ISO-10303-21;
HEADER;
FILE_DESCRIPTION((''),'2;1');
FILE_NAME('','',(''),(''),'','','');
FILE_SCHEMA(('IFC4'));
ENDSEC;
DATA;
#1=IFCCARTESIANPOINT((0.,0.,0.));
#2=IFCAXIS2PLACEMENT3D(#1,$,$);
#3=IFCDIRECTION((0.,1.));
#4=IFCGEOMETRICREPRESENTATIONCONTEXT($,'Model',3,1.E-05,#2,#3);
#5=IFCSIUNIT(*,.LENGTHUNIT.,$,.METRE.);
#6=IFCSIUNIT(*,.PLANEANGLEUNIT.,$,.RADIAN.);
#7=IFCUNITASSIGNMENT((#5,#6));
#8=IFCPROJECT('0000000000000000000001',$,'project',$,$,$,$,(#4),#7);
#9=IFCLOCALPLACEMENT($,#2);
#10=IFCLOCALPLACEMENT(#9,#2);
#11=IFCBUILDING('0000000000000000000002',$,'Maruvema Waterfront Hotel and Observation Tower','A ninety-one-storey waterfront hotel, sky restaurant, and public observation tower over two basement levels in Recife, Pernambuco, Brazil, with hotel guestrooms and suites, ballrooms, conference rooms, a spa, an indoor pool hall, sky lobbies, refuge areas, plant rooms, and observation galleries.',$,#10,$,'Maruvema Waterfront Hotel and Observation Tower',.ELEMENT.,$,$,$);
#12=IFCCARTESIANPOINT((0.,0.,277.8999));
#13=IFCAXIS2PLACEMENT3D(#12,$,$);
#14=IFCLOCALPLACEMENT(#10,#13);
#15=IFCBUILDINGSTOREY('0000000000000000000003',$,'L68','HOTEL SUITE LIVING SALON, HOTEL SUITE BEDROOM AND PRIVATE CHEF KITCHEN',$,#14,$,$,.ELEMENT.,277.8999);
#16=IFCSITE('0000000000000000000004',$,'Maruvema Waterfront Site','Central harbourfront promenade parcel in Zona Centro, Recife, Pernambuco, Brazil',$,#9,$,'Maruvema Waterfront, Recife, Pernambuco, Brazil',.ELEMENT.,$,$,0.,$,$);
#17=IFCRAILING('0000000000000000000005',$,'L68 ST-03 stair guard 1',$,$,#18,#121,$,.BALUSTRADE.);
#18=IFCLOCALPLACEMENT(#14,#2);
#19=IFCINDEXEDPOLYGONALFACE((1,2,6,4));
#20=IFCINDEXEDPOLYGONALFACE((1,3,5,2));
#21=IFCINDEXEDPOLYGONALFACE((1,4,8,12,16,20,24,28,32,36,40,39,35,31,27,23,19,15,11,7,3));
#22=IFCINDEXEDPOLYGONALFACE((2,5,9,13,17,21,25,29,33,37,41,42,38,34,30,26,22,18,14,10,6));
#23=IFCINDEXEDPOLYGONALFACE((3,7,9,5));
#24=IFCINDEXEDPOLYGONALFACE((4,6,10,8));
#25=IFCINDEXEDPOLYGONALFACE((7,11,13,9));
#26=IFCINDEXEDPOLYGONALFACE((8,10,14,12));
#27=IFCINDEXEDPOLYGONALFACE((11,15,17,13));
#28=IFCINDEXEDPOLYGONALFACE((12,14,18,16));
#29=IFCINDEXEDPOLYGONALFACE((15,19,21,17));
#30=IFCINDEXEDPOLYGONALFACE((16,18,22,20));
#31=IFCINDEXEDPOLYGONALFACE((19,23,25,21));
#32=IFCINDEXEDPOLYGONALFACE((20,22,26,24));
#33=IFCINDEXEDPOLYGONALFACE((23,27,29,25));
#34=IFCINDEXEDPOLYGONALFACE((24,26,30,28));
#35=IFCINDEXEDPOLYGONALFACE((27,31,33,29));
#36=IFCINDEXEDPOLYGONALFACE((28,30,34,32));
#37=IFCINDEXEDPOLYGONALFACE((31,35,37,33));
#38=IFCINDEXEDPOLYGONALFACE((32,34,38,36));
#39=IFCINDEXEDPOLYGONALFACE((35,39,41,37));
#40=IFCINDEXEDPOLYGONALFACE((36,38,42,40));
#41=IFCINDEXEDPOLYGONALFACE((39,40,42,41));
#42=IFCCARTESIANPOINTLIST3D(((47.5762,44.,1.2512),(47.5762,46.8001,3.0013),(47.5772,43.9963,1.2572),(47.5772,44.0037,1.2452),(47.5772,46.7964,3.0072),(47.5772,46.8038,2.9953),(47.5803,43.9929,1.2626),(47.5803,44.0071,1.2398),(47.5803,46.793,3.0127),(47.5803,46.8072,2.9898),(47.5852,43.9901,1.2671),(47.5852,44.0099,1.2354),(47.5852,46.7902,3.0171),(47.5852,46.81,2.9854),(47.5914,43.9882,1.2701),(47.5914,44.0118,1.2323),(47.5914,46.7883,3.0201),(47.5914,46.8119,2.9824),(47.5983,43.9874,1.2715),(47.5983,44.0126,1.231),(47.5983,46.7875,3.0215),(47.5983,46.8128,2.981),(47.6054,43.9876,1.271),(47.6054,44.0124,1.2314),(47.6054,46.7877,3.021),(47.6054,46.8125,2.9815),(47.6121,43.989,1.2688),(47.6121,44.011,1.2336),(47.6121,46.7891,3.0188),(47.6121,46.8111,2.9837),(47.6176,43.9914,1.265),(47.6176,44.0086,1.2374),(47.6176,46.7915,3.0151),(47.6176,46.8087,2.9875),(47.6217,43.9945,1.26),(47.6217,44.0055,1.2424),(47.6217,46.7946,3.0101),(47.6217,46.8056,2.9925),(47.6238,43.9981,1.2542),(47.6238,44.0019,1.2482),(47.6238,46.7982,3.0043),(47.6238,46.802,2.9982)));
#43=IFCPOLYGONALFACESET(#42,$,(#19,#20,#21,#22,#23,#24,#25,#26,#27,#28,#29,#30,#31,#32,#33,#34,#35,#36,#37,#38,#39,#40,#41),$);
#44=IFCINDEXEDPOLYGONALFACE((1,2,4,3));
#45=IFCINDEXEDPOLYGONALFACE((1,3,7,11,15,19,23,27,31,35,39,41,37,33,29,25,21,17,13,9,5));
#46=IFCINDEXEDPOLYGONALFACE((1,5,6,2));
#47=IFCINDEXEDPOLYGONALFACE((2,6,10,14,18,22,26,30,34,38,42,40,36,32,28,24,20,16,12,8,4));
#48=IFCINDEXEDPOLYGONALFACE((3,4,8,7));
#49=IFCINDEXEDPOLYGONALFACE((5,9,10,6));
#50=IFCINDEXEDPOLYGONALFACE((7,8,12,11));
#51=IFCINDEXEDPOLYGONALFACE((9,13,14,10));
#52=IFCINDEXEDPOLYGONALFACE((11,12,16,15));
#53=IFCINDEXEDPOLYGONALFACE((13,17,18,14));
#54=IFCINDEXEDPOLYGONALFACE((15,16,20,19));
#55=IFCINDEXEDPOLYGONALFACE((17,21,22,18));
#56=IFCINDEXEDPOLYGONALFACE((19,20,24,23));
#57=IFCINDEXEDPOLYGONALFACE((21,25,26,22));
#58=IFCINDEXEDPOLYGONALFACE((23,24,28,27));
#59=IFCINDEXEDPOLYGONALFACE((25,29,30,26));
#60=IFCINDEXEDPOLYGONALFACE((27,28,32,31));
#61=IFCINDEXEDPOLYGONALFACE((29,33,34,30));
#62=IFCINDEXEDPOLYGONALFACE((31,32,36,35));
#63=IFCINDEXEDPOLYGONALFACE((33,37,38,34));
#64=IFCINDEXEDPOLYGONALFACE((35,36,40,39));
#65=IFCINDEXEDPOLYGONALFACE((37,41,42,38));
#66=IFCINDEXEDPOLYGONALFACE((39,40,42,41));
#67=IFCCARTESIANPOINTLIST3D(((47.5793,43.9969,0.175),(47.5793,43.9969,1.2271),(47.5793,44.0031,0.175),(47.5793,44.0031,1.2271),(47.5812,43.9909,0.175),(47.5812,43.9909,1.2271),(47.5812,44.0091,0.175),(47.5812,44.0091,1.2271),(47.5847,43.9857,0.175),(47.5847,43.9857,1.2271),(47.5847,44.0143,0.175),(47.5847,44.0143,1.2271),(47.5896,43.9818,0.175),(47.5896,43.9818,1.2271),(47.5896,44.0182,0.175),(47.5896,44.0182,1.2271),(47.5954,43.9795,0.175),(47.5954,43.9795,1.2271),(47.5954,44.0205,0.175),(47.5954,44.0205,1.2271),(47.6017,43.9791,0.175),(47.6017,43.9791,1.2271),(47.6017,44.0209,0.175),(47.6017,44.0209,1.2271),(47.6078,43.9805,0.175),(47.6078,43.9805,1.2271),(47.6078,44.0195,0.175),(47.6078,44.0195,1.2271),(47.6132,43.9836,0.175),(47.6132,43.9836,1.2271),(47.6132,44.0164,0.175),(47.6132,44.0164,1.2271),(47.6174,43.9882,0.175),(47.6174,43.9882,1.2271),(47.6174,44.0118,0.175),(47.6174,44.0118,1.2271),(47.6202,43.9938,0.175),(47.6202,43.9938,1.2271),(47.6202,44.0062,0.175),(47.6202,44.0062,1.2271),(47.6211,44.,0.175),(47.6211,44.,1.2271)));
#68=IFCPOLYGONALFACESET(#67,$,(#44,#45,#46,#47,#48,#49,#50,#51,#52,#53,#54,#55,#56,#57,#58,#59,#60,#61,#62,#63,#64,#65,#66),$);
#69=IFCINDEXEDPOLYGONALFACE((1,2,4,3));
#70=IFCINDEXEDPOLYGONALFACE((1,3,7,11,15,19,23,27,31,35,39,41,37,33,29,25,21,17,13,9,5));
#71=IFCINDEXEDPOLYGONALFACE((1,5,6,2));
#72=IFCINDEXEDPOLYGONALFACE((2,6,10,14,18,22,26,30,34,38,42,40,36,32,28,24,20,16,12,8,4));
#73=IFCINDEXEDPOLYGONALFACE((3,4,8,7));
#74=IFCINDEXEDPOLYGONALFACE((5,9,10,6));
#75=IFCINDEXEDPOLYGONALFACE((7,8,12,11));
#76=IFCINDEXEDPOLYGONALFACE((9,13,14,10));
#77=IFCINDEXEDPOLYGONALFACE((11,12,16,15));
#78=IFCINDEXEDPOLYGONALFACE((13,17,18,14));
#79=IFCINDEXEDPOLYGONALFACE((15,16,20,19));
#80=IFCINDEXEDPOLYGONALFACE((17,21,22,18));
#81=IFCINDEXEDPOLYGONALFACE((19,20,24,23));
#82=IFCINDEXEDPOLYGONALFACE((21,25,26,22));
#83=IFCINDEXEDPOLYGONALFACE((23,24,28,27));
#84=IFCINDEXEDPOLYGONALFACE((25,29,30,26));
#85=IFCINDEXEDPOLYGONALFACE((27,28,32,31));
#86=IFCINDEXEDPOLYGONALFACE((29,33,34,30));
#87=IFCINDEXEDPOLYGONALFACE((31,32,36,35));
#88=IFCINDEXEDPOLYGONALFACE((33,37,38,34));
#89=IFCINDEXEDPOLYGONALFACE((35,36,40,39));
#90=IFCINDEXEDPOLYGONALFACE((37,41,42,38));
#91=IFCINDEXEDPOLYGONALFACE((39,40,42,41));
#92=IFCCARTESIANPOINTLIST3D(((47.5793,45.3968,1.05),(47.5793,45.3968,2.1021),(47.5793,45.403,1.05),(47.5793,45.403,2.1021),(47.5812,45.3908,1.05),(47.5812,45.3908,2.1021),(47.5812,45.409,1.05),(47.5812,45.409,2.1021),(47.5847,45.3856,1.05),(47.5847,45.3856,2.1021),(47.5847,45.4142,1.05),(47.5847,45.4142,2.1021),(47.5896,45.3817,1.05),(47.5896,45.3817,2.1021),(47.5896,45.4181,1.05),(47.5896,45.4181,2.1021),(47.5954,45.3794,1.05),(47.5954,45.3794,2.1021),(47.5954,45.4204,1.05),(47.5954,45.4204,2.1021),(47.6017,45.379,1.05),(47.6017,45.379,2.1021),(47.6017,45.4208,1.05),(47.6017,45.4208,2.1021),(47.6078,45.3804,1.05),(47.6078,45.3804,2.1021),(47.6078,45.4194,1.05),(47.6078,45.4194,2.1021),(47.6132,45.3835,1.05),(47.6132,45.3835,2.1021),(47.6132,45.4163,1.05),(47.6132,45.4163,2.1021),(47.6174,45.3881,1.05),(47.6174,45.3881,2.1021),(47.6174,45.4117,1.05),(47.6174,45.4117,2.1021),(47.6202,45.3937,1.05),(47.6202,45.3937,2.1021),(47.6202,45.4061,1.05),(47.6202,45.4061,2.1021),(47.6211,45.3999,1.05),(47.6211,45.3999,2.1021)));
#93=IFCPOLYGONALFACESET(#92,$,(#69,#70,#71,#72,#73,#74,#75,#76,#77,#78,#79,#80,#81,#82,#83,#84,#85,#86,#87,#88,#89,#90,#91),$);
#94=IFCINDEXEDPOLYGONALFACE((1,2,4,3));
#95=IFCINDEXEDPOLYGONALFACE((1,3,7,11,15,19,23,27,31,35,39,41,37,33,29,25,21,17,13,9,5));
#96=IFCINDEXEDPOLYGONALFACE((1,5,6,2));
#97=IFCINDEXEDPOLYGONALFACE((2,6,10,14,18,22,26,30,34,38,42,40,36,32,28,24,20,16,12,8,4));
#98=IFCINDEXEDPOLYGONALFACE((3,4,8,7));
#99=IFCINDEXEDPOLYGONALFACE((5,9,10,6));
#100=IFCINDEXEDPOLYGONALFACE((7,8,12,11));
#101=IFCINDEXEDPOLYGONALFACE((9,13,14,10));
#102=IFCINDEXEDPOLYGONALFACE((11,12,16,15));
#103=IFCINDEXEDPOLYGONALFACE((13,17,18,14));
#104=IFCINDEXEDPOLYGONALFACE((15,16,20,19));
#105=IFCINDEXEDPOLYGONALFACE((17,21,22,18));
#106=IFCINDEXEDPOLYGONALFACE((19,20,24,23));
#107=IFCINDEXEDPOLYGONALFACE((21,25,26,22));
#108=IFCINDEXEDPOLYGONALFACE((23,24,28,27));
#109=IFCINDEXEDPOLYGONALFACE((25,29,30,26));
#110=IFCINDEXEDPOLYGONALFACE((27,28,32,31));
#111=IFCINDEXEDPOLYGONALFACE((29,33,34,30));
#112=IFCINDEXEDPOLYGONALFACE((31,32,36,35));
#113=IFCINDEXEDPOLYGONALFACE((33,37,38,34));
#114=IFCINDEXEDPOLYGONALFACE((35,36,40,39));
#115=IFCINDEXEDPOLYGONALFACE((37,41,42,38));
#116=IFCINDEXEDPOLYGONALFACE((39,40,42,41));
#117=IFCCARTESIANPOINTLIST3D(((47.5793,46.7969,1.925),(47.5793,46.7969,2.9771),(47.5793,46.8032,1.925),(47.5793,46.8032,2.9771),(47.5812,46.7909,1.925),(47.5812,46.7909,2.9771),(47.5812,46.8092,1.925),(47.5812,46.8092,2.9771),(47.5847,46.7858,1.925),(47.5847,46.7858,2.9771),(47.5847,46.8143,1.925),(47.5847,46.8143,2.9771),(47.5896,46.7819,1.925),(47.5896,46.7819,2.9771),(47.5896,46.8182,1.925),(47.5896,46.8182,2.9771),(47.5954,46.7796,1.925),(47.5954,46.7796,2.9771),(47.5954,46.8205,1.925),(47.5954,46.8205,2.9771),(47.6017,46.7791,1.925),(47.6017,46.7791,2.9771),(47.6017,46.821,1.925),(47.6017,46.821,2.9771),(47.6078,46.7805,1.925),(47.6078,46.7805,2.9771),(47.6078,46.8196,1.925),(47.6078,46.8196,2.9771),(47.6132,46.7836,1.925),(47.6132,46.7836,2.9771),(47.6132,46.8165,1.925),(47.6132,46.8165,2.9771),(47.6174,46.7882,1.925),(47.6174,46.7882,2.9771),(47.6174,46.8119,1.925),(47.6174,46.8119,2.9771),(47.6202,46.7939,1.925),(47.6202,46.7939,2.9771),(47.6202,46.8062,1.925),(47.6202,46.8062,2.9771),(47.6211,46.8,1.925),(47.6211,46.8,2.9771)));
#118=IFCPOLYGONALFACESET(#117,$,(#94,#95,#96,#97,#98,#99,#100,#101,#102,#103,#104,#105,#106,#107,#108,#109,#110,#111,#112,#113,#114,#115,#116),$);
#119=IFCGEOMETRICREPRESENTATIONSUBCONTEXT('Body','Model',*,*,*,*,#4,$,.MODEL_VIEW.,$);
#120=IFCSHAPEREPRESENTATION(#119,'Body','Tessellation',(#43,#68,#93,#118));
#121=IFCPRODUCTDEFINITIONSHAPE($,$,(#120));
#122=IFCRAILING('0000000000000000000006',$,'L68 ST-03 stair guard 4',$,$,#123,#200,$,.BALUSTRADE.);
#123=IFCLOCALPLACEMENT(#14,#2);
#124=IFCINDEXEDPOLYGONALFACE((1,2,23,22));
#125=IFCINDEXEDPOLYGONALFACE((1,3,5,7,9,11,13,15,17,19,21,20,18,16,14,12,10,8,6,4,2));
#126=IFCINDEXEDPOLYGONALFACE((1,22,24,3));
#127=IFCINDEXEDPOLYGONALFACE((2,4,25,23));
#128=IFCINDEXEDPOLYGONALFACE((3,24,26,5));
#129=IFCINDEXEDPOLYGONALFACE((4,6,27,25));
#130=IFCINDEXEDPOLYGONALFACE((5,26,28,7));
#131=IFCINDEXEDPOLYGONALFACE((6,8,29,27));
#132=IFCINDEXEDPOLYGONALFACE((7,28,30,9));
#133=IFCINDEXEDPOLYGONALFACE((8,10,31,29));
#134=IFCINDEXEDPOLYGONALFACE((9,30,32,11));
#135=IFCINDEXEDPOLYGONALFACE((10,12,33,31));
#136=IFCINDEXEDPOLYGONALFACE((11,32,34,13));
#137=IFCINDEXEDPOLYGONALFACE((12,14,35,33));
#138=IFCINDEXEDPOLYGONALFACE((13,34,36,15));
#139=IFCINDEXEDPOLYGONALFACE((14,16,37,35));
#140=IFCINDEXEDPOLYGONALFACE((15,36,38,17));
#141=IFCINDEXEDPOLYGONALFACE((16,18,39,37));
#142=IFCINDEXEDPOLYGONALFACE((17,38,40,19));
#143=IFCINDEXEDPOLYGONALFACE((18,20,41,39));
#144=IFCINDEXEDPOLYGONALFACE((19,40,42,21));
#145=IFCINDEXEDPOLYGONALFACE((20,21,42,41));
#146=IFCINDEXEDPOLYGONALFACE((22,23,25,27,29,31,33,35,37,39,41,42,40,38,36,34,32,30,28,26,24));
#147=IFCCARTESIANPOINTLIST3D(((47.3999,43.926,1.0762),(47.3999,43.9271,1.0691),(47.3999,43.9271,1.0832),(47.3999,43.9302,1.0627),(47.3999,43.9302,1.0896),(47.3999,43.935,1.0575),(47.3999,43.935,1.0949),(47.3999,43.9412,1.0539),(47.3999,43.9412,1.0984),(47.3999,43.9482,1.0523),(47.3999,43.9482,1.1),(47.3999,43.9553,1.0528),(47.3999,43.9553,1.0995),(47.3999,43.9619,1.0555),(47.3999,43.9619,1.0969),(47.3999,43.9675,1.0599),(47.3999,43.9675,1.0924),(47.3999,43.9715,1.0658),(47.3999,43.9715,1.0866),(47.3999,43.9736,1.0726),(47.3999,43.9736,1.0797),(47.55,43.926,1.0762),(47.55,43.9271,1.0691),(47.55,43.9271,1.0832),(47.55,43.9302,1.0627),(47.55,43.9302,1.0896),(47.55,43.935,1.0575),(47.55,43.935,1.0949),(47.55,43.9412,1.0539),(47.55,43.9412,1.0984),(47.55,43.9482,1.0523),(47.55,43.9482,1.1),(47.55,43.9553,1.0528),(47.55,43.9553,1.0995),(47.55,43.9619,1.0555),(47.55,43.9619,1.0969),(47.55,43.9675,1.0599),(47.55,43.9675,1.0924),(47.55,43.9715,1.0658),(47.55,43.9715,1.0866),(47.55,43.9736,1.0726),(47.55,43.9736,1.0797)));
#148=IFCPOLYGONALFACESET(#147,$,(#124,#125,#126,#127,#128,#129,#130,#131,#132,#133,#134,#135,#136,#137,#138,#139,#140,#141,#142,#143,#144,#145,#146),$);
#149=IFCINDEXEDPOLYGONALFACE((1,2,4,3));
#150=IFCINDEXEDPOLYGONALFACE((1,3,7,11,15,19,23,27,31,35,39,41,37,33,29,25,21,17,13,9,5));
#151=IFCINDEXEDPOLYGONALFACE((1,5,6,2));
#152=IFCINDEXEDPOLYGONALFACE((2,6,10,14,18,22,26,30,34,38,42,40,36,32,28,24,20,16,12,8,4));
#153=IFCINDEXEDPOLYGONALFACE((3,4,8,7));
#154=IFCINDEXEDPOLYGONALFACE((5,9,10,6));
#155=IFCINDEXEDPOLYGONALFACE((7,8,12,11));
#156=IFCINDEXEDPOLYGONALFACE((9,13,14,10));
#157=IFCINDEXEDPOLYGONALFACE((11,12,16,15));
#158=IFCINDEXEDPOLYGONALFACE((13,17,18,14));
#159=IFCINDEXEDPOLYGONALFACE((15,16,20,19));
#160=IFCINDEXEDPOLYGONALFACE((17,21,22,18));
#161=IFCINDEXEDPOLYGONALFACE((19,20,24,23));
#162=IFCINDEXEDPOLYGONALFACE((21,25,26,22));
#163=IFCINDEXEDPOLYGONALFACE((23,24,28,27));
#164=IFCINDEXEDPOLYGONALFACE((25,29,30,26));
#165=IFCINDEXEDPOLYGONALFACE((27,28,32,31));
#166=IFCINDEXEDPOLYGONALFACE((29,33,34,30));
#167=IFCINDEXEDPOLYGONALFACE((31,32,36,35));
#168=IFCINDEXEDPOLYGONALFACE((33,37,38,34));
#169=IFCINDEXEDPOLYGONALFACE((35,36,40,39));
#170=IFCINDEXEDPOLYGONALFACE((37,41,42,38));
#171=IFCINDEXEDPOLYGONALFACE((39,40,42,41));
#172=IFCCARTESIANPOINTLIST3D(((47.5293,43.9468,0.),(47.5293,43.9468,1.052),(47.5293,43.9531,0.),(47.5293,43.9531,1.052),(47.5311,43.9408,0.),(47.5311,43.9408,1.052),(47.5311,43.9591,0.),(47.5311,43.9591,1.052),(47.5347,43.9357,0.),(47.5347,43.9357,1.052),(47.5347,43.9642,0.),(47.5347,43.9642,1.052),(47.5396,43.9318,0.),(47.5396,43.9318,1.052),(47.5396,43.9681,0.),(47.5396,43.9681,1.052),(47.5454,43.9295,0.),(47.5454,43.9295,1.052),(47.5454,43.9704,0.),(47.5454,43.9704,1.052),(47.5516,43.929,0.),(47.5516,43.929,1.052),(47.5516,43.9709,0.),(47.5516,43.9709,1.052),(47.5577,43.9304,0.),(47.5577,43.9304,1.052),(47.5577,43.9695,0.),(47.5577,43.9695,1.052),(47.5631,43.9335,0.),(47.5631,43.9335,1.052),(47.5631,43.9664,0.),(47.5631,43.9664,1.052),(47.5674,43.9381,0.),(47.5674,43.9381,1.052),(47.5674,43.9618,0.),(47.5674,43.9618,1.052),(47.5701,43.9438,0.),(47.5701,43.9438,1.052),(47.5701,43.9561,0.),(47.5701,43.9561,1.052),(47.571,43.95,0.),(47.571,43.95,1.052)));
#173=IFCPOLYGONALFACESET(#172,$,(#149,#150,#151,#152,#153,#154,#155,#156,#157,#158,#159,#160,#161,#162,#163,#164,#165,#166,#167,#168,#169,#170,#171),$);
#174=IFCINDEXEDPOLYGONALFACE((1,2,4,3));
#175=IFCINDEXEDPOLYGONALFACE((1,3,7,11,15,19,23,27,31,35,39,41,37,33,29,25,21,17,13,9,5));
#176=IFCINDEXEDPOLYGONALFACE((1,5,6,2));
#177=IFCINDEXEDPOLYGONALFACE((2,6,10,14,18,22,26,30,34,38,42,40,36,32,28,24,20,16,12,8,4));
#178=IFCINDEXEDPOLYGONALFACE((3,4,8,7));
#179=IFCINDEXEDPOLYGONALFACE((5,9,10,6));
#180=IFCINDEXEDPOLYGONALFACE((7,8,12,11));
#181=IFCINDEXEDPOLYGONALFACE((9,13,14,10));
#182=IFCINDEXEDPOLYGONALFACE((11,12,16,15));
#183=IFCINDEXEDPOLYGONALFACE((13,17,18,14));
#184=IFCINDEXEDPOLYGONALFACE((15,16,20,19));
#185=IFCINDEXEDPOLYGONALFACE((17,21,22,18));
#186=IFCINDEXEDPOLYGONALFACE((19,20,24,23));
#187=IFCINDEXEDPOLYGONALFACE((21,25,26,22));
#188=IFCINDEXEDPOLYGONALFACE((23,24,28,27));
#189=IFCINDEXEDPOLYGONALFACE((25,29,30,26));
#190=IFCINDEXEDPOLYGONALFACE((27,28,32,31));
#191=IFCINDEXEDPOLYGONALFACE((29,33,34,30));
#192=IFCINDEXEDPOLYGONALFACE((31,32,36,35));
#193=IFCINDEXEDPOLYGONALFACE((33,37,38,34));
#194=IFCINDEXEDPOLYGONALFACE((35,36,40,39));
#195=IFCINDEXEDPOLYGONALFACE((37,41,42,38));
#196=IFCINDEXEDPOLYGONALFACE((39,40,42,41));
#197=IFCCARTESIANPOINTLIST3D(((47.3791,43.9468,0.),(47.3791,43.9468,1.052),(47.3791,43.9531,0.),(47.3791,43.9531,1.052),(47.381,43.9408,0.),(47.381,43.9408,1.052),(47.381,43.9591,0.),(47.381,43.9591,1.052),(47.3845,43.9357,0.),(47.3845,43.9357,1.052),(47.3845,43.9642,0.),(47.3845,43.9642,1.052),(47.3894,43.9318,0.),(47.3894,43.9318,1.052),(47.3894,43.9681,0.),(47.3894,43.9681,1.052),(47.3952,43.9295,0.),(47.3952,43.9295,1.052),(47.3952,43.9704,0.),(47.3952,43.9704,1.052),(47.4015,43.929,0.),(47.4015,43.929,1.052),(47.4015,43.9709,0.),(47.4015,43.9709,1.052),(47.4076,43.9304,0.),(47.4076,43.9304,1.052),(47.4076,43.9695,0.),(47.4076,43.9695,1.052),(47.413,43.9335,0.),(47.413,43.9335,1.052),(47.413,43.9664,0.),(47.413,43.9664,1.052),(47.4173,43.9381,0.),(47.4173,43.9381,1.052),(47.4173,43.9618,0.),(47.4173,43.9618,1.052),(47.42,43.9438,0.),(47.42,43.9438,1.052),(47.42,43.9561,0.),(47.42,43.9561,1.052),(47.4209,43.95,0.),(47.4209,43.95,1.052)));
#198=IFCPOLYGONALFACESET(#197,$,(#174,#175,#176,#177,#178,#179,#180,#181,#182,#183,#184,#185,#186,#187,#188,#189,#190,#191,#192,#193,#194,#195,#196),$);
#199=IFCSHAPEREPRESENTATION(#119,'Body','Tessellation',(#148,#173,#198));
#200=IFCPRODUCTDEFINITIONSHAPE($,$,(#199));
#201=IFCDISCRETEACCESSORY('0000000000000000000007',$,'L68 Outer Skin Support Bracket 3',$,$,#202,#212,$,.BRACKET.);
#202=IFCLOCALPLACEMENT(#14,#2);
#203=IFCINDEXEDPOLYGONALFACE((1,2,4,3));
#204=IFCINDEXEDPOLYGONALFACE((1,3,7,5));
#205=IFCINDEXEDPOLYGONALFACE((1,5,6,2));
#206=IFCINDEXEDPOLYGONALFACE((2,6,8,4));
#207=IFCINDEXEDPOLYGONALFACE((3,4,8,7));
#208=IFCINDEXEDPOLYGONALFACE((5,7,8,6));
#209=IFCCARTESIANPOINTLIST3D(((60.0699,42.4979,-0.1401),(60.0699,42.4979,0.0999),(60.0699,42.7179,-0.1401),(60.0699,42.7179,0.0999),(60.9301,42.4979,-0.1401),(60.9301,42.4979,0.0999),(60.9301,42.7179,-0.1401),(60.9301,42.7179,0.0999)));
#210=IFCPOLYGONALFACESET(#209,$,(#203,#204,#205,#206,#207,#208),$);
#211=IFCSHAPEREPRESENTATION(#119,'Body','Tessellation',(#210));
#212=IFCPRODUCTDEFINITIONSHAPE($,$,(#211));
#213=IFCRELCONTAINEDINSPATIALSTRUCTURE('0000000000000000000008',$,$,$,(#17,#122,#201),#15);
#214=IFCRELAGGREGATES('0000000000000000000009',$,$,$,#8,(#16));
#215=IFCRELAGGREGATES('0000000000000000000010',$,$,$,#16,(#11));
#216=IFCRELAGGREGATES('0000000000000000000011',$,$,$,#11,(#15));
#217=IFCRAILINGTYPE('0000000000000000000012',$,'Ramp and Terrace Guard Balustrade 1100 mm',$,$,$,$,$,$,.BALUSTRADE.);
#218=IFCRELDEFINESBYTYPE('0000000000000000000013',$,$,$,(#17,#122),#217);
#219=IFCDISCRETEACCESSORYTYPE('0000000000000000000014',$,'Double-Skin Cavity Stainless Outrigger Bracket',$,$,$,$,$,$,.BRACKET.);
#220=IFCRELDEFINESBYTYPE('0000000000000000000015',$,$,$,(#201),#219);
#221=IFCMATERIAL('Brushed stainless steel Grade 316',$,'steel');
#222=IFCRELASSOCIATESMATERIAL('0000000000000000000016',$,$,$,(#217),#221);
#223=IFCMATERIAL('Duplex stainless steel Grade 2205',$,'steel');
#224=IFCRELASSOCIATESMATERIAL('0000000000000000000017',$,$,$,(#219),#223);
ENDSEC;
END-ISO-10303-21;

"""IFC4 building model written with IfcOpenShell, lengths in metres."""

from ifc_helpers import new_model, si_unit, direction, frame, origin, origin_2d, place, context, subcontext, project, spatial, rectangle, circle, extrude, material, type_object, element, save


model = new_model("IFC4")

# Units and contexts
model_context = context("Model", 3, precision=1e-05, world=origin(), true_north=direction((0.0, 1.0)))
body_context = subcontext(model_context, "Body", "Model", "MODEL_VIEW")
ifc_project = project(units=[si_unit("LENGTHUNIT", "METRE"), si_unit("PLANEANGLEUNIT", "RADIAN")], contexts=[model_context])

# Site, building, storey
site_placement = place(None, origin())
site = spatial("IfcSite", under=ifc_project, at=site_placement, Name="Maruvema Waterfront Site", Description="Central harbourfront promenade parcel in Zona Centro, Recife, Pernambuco, Brazil", LongName="Maruvema Waterfront, Recife, Pernambuco, Brazil", CompositionType="ELEMENT", RefElevation=0.0)
building_placement = place(site_placement, origin())
building = spatial("IfcBuilding", under=site, at=building_placement, Name="Maruvema Waterfront Hotel and Observation Tower", Description="A ninety-one-storey waterfront hotel, sky restaurant, and public observation tower over two basement levels in Recife, Pernambuco, Brazil, with hotel guestrooms and suites, ballrooms, conference rooms, a spa, an indoor pool hall, sky lobbies, refuge areas, plant rooms, and observation galleries.", LongName="Maruvema Waterfront Hotel and Observation Tower", CompositionType="ELEMENT")
storey_placement = place(building_placement, frame((0.0, 0.0, 277.8999)))
storey = spatial("IfcBuildingStorey", under=building, at=storey_placement, Name="L68", Description="HOTEL SUITE LIVING SALON, HOTEL SUITE BEDROOM AND PRIVATE CHEF KITCHEN", CompositionType="ELEMENT", Elevation=277.8999)

# Railings
ifc_material_1 = material(Name="Brushed stainless steel Grade 316", Category="steel")
railing_type_1 = type_object("IfcRailingType", Name="Ramp and Terrace Guard Balustrade 1100 mm", PredefinedType="BALUSTRADE", material=ifc_material_1)
railing_1_placement = place(storey_placement, frame((47.6001, 44.0, 0.175)))
element("IfcRailing", 1, at=railing_1_placement, inside=storey, type_object=railing_type_1, Name="L68 ST-03 stair guard 1", PredefinedType="BALUSTRADE", context=body_context, shape_type="SweptSolid", body=[
    extrude(circle(Radius=0.0239, at=origin_2d()), frame((0.0, 0.0, 1.0762), z_axis=(0.0, 0.848002, 0.529992), x_axis=(-1.0, 0.0, 0.0)), (0.0, 0.0, 1.0), 3.302),
    extrude(circle(Radius=0.021, at=origin_2d()), origin(), (0.0, 0.0, 1.0), 1.052),
    extrude(circle(Radius=0.021, at=origin_2d()), frame((0.0, 1.3999, 0.875)), (0.0, 0.0, 1.0), 1.052),
    extrude(circle(Radius=0.021, at=origin_2d()), frame((0.0, 2.8, 1.75)), (0.0, 0.0, 1.0), 1.052),
])
railing_2_placement = place(storey_placement, frame((47.55, 43.95, 0.0)))
element("IfcRailing", 2, at=railing_2_placement, inside=storey, type_object=railing_type_1, Name="L68 ST-03 stair guard 4", PredefinedType="BALUSTRADE", context=body_context, shape_type="SweptSolid", body=[
    extrude(circle(Radius=0.0239, at=origin_2d()), frame((0.0, 0.0, 1.0762), z_axis=(-1.0, 0.0, 0.0), x_axis=(0.0, -1.0, 0.0)), (0.0, 0.0, 1.0), 0.1501),
    extrude(circle(Radius=0.021, at=origin_2d()), origin(), (0.0, 0.0, 1.0), 1.052),
    extrude(circle(Radius=0.021, at=origin_2d()), frame((-0.1501, 0.0, 0.0)), (0.0, 0.0, 1.0), 1.052),
])

# Discrete accessory
ifc_material_2 = material(Name="Duplex stainless steel Grade 2205", Category="steel")
discrete_accessory_type = type_object("IfcDiscreteAccessoryType", Name="Double-Skin Cavity Stainless Outrigger Bracket", PredefinedType="BRACKET", material=ifc_material_2)
discrete_accessory_placement = place(storey_placement, frame((60.5, 42.6079, -0.1401), z_axis=(0.0, 0.0, 1.0), x_axis=(0.0, 1.0, 0.0)))
element("IfcDiscreteAccessory", 3, at=discrete_accessory_placement, inside=storey, type_object=discrete_accessory_type, Name="L68 Outer Skin Support Bracket 3", PredefinedType="BRACKET", context=body_context, shape_type="SweptSolid", body=[
    extrude(rectangle(XDim=0.22, YDim=0.8601, at=origin_2d()), origin(), (0.0, 0.0, 1.0), 0.24),
])

save(model, "model.ifc")
